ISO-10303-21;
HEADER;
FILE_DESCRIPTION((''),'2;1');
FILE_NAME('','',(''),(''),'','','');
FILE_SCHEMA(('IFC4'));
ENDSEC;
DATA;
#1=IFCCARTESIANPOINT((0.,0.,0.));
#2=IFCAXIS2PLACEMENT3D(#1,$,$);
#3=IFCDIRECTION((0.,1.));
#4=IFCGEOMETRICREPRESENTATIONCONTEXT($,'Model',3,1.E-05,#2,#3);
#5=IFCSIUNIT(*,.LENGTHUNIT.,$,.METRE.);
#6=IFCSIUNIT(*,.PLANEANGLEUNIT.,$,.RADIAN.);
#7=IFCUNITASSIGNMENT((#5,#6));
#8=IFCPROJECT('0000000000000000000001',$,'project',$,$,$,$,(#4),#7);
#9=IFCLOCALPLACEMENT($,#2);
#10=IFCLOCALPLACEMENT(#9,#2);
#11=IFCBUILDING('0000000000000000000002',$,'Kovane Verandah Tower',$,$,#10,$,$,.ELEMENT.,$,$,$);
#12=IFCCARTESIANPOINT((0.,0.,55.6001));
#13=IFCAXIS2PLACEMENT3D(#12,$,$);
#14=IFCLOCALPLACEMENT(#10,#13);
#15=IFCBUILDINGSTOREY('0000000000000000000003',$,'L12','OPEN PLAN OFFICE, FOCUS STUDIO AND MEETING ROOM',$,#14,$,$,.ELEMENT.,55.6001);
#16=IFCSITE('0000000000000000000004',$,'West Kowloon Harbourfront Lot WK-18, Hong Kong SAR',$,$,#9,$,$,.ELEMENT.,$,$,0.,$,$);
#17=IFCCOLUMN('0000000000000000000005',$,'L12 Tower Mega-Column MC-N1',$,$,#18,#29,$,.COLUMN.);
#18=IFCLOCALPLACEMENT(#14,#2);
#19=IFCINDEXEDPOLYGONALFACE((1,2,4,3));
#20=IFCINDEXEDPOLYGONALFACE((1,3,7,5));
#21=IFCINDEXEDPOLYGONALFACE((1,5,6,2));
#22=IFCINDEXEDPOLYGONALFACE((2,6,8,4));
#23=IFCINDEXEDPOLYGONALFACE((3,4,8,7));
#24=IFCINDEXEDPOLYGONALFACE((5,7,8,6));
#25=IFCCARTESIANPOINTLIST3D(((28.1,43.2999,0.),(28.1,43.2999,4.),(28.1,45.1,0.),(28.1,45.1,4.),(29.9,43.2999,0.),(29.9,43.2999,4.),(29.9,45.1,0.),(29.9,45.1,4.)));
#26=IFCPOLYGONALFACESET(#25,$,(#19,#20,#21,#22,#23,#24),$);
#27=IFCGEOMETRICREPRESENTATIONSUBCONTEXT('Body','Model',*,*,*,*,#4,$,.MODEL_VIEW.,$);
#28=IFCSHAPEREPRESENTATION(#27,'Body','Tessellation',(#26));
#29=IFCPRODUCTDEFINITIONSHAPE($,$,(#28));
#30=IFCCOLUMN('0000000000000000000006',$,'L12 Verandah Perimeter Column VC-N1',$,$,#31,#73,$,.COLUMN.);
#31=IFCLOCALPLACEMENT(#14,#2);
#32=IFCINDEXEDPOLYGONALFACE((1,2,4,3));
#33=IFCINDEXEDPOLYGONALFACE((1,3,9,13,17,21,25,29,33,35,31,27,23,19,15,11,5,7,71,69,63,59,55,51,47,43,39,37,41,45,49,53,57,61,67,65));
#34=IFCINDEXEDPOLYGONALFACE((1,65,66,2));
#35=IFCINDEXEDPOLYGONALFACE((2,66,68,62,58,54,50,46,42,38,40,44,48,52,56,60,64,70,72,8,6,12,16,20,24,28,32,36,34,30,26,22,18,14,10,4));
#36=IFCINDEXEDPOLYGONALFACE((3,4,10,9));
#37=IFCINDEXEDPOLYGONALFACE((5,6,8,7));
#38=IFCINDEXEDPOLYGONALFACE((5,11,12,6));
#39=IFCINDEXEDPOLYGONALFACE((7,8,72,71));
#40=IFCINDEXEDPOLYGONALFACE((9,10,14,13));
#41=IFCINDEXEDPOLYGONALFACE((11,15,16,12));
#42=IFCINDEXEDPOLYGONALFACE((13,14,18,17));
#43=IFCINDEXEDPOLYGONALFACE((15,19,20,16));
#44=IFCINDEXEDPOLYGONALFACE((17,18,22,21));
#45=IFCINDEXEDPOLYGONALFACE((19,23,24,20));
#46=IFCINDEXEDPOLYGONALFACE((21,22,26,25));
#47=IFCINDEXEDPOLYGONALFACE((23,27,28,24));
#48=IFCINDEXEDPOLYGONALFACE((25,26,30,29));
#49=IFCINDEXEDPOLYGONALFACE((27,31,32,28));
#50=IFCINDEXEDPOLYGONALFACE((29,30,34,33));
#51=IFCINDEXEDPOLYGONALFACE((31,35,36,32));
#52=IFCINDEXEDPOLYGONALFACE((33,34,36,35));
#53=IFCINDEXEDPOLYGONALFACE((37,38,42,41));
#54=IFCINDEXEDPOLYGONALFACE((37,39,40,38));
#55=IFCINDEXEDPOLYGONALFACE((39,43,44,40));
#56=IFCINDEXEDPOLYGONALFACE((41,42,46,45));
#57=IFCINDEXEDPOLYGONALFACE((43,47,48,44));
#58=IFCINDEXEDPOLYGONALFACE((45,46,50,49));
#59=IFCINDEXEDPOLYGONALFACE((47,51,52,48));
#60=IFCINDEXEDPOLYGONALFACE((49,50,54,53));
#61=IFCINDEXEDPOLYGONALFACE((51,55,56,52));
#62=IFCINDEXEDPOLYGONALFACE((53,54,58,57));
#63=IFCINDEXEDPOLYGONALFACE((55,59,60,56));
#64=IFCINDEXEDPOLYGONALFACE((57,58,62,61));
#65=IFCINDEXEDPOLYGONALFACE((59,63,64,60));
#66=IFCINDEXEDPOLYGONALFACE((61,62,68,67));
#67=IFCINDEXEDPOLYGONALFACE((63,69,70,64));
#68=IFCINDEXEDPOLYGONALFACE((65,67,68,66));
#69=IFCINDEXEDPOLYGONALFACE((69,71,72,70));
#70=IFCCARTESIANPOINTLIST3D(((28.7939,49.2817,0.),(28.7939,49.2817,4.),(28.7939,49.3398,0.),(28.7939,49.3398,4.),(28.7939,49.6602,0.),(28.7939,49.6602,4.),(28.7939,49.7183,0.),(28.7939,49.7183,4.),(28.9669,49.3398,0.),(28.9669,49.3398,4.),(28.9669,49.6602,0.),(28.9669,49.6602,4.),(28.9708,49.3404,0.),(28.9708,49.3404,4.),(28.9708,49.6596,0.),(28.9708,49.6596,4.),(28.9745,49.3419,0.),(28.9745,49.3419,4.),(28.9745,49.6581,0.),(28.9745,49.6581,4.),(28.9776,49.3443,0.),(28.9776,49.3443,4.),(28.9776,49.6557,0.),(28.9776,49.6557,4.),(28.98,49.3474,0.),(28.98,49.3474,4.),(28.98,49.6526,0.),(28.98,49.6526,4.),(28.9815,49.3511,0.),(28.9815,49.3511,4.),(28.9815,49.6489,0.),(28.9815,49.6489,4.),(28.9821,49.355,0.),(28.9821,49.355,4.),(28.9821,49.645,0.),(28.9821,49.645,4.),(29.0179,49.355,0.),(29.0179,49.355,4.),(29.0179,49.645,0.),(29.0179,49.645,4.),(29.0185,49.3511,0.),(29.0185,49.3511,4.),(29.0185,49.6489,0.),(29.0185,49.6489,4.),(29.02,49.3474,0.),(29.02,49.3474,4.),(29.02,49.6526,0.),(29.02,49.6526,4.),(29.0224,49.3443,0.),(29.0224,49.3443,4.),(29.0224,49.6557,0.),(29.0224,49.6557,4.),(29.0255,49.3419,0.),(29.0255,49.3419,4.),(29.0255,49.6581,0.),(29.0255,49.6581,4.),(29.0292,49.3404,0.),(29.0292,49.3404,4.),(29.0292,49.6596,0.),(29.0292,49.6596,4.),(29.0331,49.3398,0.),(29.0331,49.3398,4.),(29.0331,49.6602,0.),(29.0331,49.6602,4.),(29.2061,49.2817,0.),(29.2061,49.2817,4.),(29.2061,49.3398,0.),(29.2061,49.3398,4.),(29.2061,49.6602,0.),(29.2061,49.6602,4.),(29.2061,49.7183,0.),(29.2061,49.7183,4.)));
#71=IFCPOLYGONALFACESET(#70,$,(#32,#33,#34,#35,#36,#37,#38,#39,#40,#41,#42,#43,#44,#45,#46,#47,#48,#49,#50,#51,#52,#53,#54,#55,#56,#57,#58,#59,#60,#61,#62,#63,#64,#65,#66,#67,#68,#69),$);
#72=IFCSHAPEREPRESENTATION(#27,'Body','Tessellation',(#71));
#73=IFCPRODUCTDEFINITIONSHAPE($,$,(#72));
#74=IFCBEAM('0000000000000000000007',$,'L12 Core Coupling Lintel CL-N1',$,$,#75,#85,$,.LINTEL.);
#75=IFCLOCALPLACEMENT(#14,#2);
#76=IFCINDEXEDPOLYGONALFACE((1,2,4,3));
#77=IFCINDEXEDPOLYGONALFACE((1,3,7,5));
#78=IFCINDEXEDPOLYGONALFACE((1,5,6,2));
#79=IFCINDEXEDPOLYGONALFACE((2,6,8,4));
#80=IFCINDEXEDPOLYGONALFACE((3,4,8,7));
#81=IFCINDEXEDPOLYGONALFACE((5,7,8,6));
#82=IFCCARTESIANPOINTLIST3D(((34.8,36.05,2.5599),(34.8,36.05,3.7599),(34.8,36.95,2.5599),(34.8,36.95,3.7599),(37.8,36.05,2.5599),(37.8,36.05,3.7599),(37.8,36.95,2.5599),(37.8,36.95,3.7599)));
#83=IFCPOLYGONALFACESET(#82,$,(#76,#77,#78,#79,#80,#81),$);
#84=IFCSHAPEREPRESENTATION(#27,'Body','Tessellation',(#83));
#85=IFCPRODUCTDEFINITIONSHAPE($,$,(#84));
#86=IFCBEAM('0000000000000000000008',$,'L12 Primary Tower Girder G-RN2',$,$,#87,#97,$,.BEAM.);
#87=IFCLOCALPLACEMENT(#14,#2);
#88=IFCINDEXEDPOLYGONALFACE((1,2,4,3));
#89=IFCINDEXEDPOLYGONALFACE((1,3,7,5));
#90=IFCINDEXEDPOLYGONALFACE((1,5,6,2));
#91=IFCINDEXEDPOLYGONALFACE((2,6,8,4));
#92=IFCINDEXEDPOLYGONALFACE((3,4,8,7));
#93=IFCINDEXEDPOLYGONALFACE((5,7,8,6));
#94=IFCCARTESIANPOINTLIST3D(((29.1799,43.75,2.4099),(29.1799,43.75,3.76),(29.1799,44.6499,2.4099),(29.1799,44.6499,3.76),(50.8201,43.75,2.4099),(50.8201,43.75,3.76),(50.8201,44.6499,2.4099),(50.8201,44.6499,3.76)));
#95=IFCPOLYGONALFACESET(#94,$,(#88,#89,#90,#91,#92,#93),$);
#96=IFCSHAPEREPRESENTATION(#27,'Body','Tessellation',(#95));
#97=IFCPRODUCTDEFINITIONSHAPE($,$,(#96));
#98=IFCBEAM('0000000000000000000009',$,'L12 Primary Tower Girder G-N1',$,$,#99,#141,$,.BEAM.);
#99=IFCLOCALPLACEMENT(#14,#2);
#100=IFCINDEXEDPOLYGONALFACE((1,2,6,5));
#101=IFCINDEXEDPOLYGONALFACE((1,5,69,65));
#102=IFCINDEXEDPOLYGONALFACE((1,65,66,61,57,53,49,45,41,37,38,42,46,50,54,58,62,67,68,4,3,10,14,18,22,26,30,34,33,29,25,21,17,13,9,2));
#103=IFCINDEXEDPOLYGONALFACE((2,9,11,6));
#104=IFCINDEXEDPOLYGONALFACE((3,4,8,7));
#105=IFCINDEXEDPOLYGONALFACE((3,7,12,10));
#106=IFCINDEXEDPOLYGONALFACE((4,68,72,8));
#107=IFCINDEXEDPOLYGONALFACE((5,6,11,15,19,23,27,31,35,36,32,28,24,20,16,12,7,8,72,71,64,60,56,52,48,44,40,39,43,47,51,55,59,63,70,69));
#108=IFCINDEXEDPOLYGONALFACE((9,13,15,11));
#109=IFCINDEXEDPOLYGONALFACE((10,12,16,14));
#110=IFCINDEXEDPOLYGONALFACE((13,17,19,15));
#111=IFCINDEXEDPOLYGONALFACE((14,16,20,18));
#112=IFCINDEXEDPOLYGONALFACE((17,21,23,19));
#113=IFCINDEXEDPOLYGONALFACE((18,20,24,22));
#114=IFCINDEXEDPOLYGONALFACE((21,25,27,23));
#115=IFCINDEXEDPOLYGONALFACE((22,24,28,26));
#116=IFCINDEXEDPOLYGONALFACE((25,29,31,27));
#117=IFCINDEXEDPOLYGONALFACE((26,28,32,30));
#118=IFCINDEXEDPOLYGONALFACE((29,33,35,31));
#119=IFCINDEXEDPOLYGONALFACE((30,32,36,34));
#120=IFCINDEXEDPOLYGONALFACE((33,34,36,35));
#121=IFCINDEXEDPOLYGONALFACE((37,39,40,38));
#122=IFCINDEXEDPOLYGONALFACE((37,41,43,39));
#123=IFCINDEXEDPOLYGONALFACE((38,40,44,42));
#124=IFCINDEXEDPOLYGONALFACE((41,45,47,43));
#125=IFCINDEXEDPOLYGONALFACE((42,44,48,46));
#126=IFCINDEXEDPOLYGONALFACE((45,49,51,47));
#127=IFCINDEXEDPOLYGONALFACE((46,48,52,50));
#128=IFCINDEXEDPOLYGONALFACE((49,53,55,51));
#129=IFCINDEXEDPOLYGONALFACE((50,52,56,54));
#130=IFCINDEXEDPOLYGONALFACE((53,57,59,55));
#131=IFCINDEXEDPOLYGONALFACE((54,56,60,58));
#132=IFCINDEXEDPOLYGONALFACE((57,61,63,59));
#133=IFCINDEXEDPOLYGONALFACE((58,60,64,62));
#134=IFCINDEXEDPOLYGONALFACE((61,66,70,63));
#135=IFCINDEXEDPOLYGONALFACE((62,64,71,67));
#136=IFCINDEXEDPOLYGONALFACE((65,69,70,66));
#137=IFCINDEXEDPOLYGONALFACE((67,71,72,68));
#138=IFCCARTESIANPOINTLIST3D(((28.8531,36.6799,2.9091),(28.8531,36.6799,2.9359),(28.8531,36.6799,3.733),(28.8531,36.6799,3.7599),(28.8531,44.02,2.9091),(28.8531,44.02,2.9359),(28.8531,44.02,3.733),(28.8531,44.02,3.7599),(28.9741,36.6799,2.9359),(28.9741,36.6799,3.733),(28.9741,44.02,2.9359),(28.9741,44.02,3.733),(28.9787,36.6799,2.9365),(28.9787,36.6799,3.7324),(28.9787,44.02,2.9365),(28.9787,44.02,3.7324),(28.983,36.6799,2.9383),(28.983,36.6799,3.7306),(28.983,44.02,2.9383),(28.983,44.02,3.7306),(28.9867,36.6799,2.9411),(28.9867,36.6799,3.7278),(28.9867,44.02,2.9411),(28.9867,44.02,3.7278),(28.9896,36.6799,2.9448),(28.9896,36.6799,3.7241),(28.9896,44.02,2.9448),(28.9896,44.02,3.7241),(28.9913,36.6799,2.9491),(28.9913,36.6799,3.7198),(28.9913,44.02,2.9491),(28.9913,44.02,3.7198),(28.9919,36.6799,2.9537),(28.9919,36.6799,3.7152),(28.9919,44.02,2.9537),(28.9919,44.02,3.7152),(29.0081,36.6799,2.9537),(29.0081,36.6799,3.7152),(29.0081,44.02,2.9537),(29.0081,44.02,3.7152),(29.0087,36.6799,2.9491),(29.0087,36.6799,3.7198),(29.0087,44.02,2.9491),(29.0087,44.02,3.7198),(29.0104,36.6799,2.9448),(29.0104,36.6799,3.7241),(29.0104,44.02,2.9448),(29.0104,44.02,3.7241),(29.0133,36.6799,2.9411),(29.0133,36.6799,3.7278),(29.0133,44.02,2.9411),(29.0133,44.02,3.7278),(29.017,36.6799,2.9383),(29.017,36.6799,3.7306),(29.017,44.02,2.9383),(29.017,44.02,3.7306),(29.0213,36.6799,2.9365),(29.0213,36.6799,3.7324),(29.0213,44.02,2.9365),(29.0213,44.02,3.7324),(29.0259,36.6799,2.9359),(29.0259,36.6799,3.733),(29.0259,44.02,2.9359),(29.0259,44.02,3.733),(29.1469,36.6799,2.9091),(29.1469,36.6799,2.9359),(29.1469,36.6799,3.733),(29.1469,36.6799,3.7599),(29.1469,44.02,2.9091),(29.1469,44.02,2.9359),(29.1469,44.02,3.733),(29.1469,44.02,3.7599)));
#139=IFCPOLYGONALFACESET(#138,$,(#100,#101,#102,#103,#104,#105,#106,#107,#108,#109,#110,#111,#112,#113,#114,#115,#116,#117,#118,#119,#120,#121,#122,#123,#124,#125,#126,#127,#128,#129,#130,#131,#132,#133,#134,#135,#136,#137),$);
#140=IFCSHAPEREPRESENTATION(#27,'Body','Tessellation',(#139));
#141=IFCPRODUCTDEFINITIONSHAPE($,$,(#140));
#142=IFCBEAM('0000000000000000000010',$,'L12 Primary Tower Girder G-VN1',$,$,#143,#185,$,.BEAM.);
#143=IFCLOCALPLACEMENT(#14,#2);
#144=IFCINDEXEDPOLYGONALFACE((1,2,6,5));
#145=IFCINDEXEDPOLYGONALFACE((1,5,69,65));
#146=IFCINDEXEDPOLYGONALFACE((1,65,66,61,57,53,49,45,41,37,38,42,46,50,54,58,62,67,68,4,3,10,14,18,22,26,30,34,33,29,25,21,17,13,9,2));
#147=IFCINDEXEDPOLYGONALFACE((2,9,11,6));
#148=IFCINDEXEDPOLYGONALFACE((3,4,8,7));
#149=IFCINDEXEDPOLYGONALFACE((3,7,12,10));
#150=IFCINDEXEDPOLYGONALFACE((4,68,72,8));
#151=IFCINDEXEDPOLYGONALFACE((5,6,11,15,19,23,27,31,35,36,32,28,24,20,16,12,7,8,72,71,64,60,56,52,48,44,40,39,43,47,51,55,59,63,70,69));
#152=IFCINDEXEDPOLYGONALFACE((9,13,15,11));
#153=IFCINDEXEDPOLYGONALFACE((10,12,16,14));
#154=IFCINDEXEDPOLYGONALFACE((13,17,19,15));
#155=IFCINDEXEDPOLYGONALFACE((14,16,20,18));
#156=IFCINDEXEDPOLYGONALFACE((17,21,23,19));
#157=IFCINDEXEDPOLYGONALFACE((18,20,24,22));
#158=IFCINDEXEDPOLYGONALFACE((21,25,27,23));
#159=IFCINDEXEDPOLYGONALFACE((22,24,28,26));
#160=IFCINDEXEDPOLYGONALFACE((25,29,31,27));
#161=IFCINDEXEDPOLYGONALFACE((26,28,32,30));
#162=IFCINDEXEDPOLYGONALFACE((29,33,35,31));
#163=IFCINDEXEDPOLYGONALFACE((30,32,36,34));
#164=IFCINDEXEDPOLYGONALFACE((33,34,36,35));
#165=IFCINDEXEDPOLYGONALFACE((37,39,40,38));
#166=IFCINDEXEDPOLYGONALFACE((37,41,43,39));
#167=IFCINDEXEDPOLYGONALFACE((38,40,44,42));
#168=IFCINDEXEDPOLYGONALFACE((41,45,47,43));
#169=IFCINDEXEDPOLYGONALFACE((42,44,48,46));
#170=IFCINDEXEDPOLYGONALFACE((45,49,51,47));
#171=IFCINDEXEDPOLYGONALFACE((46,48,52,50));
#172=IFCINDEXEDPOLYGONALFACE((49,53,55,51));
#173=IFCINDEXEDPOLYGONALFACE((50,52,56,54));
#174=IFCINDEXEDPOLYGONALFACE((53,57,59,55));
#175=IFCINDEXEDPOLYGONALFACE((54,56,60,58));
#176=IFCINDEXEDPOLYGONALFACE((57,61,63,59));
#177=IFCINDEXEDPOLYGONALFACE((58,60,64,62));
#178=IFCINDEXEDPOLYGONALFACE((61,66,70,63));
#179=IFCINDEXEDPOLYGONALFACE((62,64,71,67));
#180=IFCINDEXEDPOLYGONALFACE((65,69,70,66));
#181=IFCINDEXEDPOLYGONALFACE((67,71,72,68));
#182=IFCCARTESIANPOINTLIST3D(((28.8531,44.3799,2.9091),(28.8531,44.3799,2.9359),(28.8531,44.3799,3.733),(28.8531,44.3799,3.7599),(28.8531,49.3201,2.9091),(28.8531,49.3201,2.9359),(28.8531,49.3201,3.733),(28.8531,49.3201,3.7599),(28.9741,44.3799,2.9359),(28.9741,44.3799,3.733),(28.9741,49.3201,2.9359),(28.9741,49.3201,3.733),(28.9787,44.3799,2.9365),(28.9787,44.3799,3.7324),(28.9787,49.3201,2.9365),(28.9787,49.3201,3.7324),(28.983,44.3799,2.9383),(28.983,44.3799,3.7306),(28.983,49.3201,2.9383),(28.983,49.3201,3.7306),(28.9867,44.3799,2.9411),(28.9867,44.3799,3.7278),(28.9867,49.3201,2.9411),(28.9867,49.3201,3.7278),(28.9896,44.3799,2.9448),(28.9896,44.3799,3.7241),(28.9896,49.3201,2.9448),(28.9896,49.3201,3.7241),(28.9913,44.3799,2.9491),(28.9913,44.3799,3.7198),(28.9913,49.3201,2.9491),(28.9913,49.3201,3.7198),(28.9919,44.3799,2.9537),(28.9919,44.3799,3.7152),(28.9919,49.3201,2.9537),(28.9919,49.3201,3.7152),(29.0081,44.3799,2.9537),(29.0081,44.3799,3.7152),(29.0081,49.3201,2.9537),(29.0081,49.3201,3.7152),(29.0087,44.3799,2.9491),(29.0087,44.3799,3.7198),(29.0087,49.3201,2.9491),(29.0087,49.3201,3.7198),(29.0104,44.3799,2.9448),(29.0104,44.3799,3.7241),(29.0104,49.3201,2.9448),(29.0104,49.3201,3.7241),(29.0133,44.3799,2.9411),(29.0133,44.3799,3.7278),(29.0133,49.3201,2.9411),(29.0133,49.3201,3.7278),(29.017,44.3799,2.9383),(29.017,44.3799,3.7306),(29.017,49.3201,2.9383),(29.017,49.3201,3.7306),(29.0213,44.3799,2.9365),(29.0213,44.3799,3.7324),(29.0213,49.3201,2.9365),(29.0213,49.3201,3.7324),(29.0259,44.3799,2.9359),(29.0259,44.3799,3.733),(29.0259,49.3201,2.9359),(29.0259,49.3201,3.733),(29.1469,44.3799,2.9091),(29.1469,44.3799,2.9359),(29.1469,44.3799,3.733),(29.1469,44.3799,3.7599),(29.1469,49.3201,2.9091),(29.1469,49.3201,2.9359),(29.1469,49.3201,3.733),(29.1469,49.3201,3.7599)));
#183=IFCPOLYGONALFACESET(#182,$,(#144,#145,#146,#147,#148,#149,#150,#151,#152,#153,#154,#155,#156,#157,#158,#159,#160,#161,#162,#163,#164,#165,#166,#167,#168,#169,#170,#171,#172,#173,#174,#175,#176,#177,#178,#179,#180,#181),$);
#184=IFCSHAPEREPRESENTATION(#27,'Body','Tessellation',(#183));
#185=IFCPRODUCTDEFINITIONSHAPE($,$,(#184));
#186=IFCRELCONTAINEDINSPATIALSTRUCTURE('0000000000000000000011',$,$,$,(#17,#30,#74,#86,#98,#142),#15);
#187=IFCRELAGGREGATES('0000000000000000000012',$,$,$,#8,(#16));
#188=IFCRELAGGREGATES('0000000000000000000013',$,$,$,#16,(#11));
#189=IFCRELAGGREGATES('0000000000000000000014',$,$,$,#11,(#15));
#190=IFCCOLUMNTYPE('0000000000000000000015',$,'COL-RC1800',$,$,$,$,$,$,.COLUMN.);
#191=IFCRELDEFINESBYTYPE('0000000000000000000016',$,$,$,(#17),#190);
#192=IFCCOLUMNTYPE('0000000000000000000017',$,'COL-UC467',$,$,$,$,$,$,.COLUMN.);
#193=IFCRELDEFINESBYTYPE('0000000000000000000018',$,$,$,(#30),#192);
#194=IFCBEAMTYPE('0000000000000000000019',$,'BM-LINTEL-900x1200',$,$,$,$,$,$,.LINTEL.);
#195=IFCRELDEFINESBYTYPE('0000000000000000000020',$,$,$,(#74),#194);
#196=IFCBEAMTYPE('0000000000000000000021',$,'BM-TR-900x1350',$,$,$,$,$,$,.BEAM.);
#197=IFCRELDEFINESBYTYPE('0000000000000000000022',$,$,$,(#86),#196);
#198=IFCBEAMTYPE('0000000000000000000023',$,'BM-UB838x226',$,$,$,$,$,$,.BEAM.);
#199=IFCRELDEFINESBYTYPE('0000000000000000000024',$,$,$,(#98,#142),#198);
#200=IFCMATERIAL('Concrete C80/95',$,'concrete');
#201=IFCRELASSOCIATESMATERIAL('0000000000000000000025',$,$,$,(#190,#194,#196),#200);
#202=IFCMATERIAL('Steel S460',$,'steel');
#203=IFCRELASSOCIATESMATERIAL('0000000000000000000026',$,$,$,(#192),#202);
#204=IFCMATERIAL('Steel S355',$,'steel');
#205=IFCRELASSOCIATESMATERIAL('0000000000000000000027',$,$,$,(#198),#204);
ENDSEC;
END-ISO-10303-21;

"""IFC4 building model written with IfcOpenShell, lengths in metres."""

from ifc_helpers import new_model, si_unit, direction, frame, origin, origin_2d, place, context, subcontext, project, spatial, rectangle, i_section, extrude, material, material_profile, profile_set, type_object, element, save


model = new_model("IFC4")

# Units and contexts
model_context = context("Model", 3, precision=1e-05, world=origin(), true_north=direction((0.0, 1.0)))
body_context = subcontext(model_context, "Body", "Model", "MODEL_VIEW")
ifc_project = project(units=[si_unit("LENGTHUNIT", "METRE"), si_unit("PLANEANGLEUNIT", "RADIAN")], contexts=[model_context])

# Site, building, storey
site_placement = place(None, origin())
site = spatial("IfcSite", under=ifc_project, at=site_placement, Name="West Kowloon Harbourfront Lot WK-18, Hong Kong SAR", CompositionType="ELEMENT", RefElevation=0.0)
building_placement = place(site_placement, origin())
building = spatial("IfcBuilding", under=site, at=building_placement, Name="Kovane Verandah Tower", CompositionType="ELEMENT")
storey_placement = place(building_placement, frame((0.0, 0.0, 55.6001)))
storey = spatial("IfcBuildingStorey", under=building, at=storey_placement, Name="L12", Description="OPEN PLAN OFFICE, FOCUS STUDIO AND MEETING ROOM", CompositionType="ELEMENT", Elevation=55.6001)

# Columns
ifc_material_1 = material(Name="Concrete C80/95", Category="concrete")
ifc_material_profile_1 = material_profile(ifc_material_1, rectangle(XDim=1.8, YDim=1.8, at=origin_2d()), Name="RC1800x1800")
ifc_profile_set_1 = profile_set([ifc_material_profile_1], Name="Concrete C80/95")
column_type_1 = type_object("IfcColumnType", Name="COL-RC1800", PredefinedType="COLUMN", material=ifc_profile_set_1)
column_1_placement = place(storey_placement, frame((29.0, 44.2, 0.0), z_axis=(0.0, 0.0, 1.0), x_axis=(1.0, 0.0, 0.0)))
element("IfcColumn", 1, at=column_1_placement, inside=storey, type_object=column_type_1, Name="L12 Tower Mega-Column MC-N1", PredefinedType="COLUMN", context=body_context, shape_type="SweptSolid", body=[
    extrude(rectangle(XDim=1.8, YDim=1.8, at=origin_2d()), origin(), (0.0, 0.0, 1.0), 4.0),
])
ifc_material_2 = material(Name="Steel S460", Category="steel")
ifc_material_profile_2 = material_profile(ifc_material_2, i_section(OverallWidth=0.4121, OverallDepth=0.4365, WebThickness=0.0359, FlangeThickness=0.0581, FilletRadius=0.0151, at=origin_2d()), Name="UC356x406x467")
ifc_profile_set_2 = profile_set([ifc_material_profile_2], Name="Steel S460")
column_type_2 = type_object("IfcColumnType", Name="COL-UC467", PredefinedType="COLUMN", material=ifc_profile_set_2)
column_2_placement = place(storey_placement, frame((29.0, 49.5, 0.0), z_axis=(0.0, 0.0, 1.0), x_axis=(1.0, 0.0, 0.0)))
element("IfcColumn", 2, at=column_2_placement, inside=storey, type_object=column_type_2, Name="L12 Verandah Perimeter Column VC-N1", PredefinedType="COLUMN", context=body_context, shape_type="SweptSolid", body=[
    extrude(i_section(OverallWidth=0.4121, OverallDepth=0.4365, WebThickness=0.0359, FlangeThickness=0.0581, FilletRadius=0.0151, at=origin_2d()), origin(), (0.0, 0.0, 1.0), 4.0),
])

# Beams
ifc_material_profile_3 = material_profile(ifc_material_1, rectangle(XDim=0.8999, YDim=1.2, at=origin_2d()), Name="RCB900x1200")
ifc_profile_set_3 = profile_set([ifc_material_profile_3], Name="Concrete C80/95")
beam_type_1 = type_object("IfcBeamType", Name="BM-LINTEL-900x1200", PredefinedType="LINTEL", material=ifc_profile_set_3)
beam_1_placement = place(storey_placement, frame((34.8, 36.5, 3.1599), z_axis=(1.0, 0.0, 0.0), x_axis=(0.0, 1.0, 0.0)))
element("IfcBeam", 3, at=beam_1_placement, inside=storey, type_object=beam_type_1, Name="L12 Core Coupling Lintel CL-N1", PredefinedType="LINTEL", context=body_context, shape_type="SweptSolid", body=[
    extrude(rectangle(XDim=0.8999, YDim=1.2, at=origin_2d()), origin(), (0.0, 0.0, 1.0), 3.0),
])
ifc_material_profile_4 = material_profile(ifc_material_1, rectangle(XDim=0.8999, YDim=1.3501, at=origin_2d()), Name="RCB900x1350")
ifc_profile_set_4 = profile_set([ifc_material_profile_4], Name="Concrete C80/95")
beam_type_2 = type_object("IfcBeamType", Name="BM-TR-900x1350", PredefinedType="BEAM", material=ifc_profile_set_4)
beam_2_placement = place(storey_placement, frame((29.1799, 44.2, 3.085), z_axis=(1.0, 0.0, 0.0), x_axis=(0.0, 1.0, 0.0)))
element("IfcBeam", 4, at=beam_2_placement, inside=storey, type_object=beam_type_2, Name="L12 Primary Tower Girder G-RN2", PredefinedType="BEAM", context=body_context, shape_type="SweptSolid", body=[
    extrude(rectangle(XDim=0.8999, YDim=1.3501, at=origin_2d()), origin(), (0.0, 0.0, 1.0), 21.6401),
])
ifc_material_3 = material(Name="Steel S355", Category="steel")
ifc_material_profile_5 = material_profile(ifc_material_3, i_section(OverallWidth=0.2937, OverallDepth=0.8508, WebThickness=0.0161, FlangeThickness=0.0269, FilletRadius=0.0178, at=origin_2d()), Name="UB838x292x226")
ifc_profile_set_5 = profile_set([ifc_material_profile_5], Name="Steel S355")
beam_type_3 = type_object("IfcBeamType", Name="BM-UB838x226", PredefinedType="BEAM", material=ifc_profile_set_5)
beam_3_placement = place(storey_placement, frame((29.0, 36.6799, 3.3345), z_axis=(0.0, 1.0, 0.0), x_axis=(-1.0, 0.0, 0.0)))
element("IfcBeam", 5, at=beam_3_placement, inside=storey, type_object=beam_type_3, Name="L12 Primary Tower Girder G-N1", PredefinedType="BEAM", context=body_context, shape_type="SweptSolid", body=[
    extrude(i_section(OverallWidth=0.2937, OverallDepth=0.8508, WebThickness=0.0161, FlangeThickness=0.0269, FilletRadius=0.0178, at=origin_2d()), origin(), (0.0, 0.0, 1.0), 7.3401),
])
beam_4_placement = place(storey_placement, frame((29.0, 44.3799, 3.3345), z_axis=(0.0, 1.0, 0.0), x_axis=(-1.0, 0.0, 0.0)))
element("IfcBeam", 6, at=beam_4_placement, inside=storey, type_object=beam_type_3, Name="L12 Primary Tower Girder G-VN1", PredefinedType="BEAM", context=body_context, shape_type="SweptSolid", body=[
    extrude(i_section(OverallWidth=0.2937, OverallDepth=0.8508, WebThickness=0.0161, FlangeThickness=0.0269, FilletRadius=0.0178, at=origin_2d()), origin(), (0.0, 0.0, 1.0), 4.9402),
])

save(model, "model.ifc")
